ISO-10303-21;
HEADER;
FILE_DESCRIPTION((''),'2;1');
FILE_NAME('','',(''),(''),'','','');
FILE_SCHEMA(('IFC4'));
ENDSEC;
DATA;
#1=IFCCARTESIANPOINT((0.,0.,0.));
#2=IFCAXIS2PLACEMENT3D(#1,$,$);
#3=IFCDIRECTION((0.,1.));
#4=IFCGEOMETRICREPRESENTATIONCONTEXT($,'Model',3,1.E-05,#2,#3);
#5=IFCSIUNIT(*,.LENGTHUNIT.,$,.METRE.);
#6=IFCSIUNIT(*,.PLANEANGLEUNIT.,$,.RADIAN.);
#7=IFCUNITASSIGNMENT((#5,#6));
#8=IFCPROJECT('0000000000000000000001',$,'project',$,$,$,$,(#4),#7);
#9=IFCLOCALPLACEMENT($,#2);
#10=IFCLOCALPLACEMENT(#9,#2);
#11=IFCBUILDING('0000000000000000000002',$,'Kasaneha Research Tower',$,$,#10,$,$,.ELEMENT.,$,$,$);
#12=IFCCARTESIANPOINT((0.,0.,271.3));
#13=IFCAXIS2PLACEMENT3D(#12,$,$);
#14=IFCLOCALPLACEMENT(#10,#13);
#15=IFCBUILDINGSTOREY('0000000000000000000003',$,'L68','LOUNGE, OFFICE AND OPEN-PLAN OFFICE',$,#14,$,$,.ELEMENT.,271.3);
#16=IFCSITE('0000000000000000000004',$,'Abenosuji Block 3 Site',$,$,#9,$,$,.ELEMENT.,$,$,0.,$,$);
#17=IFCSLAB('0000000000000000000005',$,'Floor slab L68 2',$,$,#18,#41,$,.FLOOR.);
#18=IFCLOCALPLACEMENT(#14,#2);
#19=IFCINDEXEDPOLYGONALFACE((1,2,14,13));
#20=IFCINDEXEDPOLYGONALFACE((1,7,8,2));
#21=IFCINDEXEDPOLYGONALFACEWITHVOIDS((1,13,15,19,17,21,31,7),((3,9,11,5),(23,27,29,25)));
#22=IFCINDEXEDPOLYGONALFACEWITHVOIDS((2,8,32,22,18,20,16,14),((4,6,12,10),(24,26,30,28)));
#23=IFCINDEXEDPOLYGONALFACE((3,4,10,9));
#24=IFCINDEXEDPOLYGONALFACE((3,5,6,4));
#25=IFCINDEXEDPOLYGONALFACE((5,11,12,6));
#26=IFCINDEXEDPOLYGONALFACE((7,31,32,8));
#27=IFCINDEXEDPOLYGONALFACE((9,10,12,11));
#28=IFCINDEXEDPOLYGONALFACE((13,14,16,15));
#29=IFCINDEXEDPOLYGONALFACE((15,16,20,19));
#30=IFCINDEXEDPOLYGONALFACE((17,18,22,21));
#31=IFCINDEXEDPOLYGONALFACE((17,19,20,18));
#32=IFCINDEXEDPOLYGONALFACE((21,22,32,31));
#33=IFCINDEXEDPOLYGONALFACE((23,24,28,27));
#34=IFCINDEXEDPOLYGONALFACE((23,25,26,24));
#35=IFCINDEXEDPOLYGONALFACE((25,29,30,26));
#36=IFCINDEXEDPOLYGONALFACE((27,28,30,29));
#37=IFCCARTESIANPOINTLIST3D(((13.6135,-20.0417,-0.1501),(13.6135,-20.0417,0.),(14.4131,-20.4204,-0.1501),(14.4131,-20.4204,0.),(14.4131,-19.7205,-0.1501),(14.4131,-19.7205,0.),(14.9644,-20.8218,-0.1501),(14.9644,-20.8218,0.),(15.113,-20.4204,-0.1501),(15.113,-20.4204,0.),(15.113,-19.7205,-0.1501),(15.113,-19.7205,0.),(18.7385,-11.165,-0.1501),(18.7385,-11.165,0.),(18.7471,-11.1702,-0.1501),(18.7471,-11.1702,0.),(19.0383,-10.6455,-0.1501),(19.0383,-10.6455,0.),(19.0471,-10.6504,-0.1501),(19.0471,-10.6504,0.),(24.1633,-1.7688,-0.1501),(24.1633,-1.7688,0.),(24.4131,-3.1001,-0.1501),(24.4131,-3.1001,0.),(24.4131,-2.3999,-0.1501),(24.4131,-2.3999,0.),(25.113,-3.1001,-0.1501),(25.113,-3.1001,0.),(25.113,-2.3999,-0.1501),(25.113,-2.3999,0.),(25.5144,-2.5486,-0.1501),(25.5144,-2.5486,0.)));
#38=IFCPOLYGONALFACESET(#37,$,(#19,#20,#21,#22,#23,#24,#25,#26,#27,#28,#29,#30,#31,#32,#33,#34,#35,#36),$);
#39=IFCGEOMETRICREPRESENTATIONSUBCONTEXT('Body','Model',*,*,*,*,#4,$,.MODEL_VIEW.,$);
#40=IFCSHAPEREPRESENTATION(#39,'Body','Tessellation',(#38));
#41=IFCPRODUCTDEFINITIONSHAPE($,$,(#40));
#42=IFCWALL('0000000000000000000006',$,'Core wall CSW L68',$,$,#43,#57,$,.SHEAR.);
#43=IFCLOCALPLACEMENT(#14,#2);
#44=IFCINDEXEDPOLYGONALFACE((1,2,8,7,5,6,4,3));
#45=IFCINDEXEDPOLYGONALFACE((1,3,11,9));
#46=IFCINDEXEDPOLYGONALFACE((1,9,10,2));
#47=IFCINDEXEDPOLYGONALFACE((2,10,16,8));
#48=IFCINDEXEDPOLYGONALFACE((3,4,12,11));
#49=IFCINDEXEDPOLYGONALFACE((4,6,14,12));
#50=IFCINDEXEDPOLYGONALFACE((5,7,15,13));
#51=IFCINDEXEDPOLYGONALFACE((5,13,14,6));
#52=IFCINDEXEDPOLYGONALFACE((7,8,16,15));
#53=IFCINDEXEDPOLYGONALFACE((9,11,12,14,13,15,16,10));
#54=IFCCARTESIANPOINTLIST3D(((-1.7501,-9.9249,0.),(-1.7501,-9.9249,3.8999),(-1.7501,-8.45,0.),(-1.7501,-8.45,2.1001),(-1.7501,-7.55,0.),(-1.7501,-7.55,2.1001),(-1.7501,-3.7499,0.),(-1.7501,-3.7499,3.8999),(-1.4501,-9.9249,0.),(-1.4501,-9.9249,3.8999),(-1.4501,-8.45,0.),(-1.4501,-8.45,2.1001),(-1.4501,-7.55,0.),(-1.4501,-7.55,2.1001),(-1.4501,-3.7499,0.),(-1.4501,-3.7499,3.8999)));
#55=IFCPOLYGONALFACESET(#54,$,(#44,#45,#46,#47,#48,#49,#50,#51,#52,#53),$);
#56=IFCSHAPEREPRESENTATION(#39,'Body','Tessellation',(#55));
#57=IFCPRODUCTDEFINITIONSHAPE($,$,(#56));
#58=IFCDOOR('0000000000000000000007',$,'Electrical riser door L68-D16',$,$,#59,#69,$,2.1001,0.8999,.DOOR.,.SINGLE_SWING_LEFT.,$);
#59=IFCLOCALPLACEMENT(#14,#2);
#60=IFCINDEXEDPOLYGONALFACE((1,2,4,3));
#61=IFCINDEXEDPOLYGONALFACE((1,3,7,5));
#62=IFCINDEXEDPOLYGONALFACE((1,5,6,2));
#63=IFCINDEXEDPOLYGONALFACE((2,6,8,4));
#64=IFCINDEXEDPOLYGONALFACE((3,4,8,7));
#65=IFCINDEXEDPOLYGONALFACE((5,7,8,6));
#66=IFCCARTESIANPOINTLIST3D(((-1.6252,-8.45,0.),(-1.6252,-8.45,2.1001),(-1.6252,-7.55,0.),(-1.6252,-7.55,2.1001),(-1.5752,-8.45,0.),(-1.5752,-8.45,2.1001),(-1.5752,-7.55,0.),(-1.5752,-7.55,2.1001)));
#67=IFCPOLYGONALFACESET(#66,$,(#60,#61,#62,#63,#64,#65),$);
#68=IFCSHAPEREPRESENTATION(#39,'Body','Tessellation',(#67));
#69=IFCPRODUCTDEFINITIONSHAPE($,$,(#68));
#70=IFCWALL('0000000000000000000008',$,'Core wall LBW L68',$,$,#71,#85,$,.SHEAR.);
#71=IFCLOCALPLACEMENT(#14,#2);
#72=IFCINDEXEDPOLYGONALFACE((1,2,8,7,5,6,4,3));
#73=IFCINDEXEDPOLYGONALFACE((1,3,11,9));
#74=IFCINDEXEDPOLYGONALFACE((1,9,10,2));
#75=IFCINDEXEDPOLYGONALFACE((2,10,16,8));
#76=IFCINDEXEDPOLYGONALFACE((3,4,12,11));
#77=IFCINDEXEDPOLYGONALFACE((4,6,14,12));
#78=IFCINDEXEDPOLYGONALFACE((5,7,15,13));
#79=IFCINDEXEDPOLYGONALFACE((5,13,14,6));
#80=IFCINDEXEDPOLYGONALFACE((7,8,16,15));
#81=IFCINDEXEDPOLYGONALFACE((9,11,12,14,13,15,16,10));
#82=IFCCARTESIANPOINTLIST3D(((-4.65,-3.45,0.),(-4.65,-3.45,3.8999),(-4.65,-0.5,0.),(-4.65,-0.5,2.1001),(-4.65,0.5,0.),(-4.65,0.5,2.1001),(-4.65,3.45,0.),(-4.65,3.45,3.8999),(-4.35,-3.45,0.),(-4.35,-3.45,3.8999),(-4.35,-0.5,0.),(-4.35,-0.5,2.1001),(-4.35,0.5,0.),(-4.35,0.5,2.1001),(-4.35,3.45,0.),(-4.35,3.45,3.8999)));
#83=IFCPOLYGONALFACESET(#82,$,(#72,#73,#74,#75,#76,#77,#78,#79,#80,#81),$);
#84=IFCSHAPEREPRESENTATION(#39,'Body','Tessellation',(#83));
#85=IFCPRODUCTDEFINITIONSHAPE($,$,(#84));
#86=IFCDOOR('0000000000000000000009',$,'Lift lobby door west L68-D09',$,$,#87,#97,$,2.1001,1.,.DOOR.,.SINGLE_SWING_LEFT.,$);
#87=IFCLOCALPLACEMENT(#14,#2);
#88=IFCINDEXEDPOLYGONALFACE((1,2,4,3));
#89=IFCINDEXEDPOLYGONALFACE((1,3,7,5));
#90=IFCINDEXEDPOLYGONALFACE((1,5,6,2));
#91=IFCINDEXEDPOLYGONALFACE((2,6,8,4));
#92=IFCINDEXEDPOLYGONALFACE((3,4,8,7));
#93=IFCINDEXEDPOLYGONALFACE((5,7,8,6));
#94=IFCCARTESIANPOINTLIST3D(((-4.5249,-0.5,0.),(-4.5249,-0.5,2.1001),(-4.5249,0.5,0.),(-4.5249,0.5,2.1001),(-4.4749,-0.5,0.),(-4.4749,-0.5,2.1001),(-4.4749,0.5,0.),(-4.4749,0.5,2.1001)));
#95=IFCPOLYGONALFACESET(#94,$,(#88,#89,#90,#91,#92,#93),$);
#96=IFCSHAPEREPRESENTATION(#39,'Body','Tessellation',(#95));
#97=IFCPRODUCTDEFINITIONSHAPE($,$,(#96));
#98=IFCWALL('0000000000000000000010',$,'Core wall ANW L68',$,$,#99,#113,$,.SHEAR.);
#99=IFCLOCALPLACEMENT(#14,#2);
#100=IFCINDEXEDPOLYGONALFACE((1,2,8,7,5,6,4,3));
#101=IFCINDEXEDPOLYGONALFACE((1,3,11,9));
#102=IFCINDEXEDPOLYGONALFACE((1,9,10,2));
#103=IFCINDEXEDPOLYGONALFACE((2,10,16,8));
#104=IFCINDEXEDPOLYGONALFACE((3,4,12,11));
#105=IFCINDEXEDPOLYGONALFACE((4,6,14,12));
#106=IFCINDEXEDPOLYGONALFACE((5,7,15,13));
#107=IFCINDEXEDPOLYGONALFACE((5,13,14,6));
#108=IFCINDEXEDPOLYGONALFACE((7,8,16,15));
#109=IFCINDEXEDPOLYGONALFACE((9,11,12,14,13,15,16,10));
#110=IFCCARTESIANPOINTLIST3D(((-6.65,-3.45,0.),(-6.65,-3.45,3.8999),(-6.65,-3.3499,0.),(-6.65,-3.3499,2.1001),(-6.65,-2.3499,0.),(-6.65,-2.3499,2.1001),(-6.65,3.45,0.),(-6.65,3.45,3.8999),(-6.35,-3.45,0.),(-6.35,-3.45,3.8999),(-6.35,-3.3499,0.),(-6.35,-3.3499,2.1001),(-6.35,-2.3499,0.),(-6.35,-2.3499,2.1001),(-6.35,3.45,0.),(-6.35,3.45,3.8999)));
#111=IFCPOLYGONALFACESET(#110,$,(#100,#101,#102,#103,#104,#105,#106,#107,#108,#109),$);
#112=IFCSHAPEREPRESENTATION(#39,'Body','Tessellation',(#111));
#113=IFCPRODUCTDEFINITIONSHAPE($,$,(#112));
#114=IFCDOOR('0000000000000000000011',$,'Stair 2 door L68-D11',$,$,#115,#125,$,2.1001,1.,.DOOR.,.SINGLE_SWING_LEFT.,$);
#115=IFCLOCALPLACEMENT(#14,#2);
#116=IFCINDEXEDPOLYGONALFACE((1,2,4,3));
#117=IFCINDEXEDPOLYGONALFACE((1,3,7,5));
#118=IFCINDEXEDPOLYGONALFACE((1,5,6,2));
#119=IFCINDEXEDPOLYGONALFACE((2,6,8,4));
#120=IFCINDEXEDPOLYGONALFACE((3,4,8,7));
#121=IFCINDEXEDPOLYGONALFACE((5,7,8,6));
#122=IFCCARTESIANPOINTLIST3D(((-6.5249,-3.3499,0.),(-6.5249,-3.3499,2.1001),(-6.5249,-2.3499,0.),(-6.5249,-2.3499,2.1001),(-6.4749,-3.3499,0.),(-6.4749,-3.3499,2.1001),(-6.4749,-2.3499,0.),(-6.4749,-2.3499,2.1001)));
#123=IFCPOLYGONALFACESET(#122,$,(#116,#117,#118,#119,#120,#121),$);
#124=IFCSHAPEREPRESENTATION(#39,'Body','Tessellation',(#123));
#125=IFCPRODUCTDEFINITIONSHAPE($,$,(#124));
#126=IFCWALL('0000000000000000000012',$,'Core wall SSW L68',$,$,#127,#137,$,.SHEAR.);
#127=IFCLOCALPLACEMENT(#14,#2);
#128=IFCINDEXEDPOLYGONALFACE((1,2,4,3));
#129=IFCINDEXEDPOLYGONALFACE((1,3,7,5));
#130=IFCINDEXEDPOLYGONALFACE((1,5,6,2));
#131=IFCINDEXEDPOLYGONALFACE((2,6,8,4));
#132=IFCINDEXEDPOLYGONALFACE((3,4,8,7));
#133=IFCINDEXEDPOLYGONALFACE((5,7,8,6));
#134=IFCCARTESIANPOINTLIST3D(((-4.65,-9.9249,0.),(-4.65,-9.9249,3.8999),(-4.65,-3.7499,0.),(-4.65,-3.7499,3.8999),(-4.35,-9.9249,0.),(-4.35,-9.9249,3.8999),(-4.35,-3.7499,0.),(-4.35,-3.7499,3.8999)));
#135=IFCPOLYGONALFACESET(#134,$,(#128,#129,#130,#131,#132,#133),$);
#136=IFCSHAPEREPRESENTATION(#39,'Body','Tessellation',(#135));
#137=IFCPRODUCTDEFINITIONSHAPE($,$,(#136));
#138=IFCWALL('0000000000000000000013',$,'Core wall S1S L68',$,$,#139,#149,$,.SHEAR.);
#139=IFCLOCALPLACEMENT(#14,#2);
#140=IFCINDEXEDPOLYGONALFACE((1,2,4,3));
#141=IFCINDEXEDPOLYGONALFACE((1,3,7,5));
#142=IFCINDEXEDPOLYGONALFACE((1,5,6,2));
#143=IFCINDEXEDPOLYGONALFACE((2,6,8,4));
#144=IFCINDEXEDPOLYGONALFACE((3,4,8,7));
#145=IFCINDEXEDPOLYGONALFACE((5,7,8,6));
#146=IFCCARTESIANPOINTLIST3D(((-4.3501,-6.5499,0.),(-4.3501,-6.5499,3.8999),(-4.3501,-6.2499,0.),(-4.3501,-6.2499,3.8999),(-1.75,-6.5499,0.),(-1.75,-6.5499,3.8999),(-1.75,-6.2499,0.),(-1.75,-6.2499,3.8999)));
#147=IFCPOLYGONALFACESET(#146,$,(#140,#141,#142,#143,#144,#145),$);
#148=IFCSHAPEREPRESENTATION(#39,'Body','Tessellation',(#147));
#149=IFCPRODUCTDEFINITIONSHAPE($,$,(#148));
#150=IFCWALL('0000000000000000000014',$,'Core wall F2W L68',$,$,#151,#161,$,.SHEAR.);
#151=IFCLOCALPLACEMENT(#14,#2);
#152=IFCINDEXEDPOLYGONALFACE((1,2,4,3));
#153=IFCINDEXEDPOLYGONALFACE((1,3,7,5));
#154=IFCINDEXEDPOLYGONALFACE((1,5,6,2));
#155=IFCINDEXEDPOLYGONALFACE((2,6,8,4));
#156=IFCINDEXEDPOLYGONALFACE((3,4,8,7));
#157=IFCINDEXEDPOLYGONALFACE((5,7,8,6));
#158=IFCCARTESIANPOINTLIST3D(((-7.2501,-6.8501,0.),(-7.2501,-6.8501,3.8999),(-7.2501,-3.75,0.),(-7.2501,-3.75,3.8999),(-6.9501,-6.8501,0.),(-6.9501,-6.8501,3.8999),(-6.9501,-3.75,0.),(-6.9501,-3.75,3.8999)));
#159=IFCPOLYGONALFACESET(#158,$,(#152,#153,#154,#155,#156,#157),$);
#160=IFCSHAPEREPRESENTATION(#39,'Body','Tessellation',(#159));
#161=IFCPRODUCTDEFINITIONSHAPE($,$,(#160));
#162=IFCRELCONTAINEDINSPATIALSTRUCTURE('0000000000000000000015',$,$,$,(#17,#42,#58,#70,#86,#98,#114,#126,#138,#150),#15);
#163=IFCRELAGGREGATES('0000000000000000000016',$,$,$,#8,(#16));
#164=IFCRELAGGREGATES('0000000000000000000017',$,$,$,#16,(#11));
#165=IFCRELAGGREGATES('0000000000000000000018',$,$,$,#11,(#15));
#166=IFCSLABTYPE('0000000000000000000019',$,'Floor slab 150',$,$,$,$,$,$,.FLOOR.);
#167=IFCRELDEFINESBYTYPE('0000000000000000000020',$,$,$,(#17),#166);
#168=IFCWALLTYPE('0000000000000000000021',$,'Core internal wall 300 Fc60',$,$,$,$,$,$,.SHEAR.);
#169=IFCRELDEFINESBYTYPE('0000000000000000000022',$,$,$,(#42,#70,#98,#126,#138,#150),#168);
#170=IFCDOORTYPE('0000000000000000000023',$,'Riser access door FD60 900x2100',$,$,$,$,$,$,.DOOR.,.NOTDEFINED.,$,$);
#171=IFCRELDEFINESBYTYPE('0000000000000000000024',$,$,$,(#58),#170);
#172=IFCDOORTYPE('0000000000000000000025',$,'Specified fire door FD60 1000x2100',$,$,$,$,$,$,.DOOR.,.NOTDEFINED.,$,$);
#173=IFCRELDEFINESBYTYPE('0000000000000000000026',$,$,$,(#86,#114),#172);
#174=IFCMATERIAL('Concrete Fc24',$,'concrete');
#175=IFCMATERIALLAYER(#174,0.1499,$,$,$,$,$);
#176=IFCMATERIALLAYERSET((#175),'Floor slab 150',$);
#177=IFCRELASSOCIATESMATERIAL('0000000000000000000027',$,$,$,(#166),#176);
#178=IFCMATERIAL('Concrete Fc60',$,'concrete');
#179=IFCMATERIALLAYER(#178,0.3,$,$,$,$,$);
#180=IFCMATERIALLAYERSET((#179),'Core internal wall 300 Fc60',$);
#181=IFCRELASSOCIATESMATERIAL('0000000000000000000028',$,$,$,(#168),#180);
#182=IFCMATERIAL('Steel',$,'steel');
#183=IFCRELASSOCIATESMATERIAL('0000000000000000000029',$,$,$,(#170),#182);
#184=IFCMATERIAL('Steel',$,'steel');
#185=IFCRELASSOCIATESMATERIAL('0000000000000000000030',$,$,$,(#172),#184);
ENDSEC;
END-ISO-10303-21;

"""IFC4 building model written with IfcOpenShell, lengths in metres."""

from ifc_helpers import new_model, si_unit, direction, frame, frame_2d, origin, place, context, subcontext, project, spatial, polyline, rectangle, outline, extrude, material, layer, layer_set, type_object, element, fill, save


model = new_model("IFC4")

# Units and contexts
model_context = context("Model", 3, precision=1e-05, world=origin(), true_north=direction((0.0, 1.0)))
body_context = subcontext(model_context, "Body", "Model", "MODEL_VIEW")
ifc_project = project(units=[si_unit("LENGTHUNIT", "METRE"), si_unit("PLANEANGLEUNIT", "RADIAN")], contexts=[model_context])

# Site, building, storey
site_placement = place(None, origin())
site = spatial("IfcSite", under=ifc_project, at=site_placement, Name="Abenosuji Block 3 Site", CompositionType="ELEMENT", RefElevation=0.0)
building_placement = place(site_placement, origin())
building = spatial("IfcBuilding", under=site, at=building_placement, Name="Kasaneha Research Tower", CompositionType="ELEMENT")
storey_placement = place(building_placement, frame((0.0, 0.0, 271.3)))
storey = spatial("IfcBuildingStorey", under=building, at=storey_placement, Name="L68", Description="LOUNGE, OFFICE AND OPEN-PLAN OFFICE", CompositionType="ELEMENT", Elevation=271.3)

# Slab
ifc_material_1 = material(Name="Concrete Fc24", Category="concrete")
ifc_layer_1 = layer(ifc_material_1, 0.1499)
ifc_layer_set_1 = layer_set([ifc_layer_1], Name="Floor slab 150")
slab_type_1 = type_object("IfcSlabType", Name="Floor slab 150", PredefinedType="FLOOR", material=ifc_layer_set_1)
slab_1_placement = place(storey_placement, frame((0.0, 0.0, -0.1501)))
element("IfcSlab", 1, at=slab_1_placement, inside=storey, type_object=slab_type_1, Name="Floor slab L68 2", PredefinedType="FLOOR", context=body_context, shape_type="SweptSolid", body=[
    extrude(outline(polyline([(25.5144, -2.5486), (14.9644, -20.8218), (13.6135, -20.0417), (18.7385, -11.165), (18.7471, -11.1702), (19.0471, -10.6504), (19.0383, -10.6455), (24.1633, -1.7688), (25.5144, -2.5486)]), holes=[polyline([(14.4131, -20.4204), (15.113, -20.4204), (15.113, -19.7205), (14.4131, -19.7205), (14.4131, -20.4204)]), polyline([(24.4131, -3.1001), (25.113, -3.1001), (25.113, -2.3999), (24.4131, -2.3999), (24.4131, -3.1001)])]), origin(), (0.0, 0.0, 1.0), 0.1501),
])

# Walls, openings, doors
ifc_material_2 = material(Name="Concrete Fc60", Category="concrete")
ifc_layer_2 = layer(ifc_material_2, 0.3)
ifc_layer_set_2 = layer_set([ifc_layer_2], Name="Core internal wall 300 Fc60")
wall_type_1 = type_object("IfcWallType", Name="Core internal wall 300 Fc60", PredefinedType="SHEAR", material=ifc_layer_set_2)
wall_1_placement = place(storey_placement, frame((-1.6001, -3.75, 0.0), z_axis=(0.0, 0.0, 1.0), x_axis=(0.0, -1.0, 0.0)))
wall_1 = element("IfcWall", 2, at=wall_1_placement, inside=storey, type_object=wall_type_1, Name="Core wall CSW L68", PredefinedType="SHEAR", context=body_context, shape_type="SweptSolid", body=[
    extrude(rectangle(XDim=6.175, YDim=0.3, at=frame_2d((3.0874, 0.0))), origin(), (0.0, 0.0, 1.0), 3.8999),
])
opening_1_placement = place(wall_1_placement, frame((3.8, 0.0, 0.0)))
opening_1 = element("IfcOpeningElement", 3, at=opening_1_placement, cuts=wall_1, PredefinedType="OPENING", context=body_context, shape_type="SweptSolid", body=[
    extrude(rectangle(XDim=0.8999, YDim=2.1001, at=frame_2d((0.45, 1.05))), frame((0.0, 0.1602, 0.0), z_axis=(0.0, -1.0, 0.0), x_axis=(1.0, 0.0, 0.0)), (0.0, 0.0, 1.0), 0.3201),
])
ifc_material_3 = material(Name="Steel", Category="steel")
door_type_1 = type_object("IfcDoorType", Name="Riser access door FD60 900x2100", OperationType="NOTDEFINED", PredefinedType="DOOR", material=ifc_material_3)
door_1_placement = place(opening_1_placement, origin())
door_1 = element("IfcDoor", 4, at=door_1_placement, inside=storey, type_object=door_type_1, Name="Electrical riser door L68-D16", OperationType="SINGLE_SWING_LEFT", OverallHeight=2.1001, OverallWidth=0.8999, PredefinedType="DOOR", context=body_context, shape_type="SweptSolid", body=[
    extrude(rectangle(XDim=0.8999, YDim=2.1001, at=frame_2d((0.45, 1.05))), frame((0.0, 0.0249, 0.0), z_axis=(0.0, -1.0, 0.0), x_axis=(1.0, 0.0, 0.0)), (0.0, 0.0, 1.0), 0.05),
])
fill(opening_1, door_1)
wall_2_placement = place(storey_placement, frame((-4.5, -3.45, 0.0), z_axis=(0.0, 0.0, 1.0), x_axis=(0.0, 1.0, 0.0)))
wall_2 = element("IfcWall", 5, at=wall_2_placement, inside=storey, type_object=wall_type_1, Name="Core wall LBW L68", PredefinedType="SHEAR", context=body_context, shape_type="SweptSolid", body=[
    extrude(rectangle(XDim=6.8999, YDim=0.3, at=frame_2d((3.45, 0.0))), origin(), (0.0, 0.0, 1.0), 3.8999),
])
opening_2_placement = place(wall_2_placement, frame((2.95, 0.0, 0.0)))
opening_2 = element("IfcOpeningElement", 6, at=opening_2_placement, cuts=wall_2, PredefinedType="OPENING", context=body_context, shape_type="SweptSolid", body=[
    extrude(rectangle(XDim=1.0, YDim=2.1001, at=frame_2d((0.5, 1.05))), frame((0.0, 0.1602, 0.0), z_axis=(0.0, -1.0, 0.0), x_axis=(1.0, 0.0, 0.0)), (0.0, 0.0, 1.0), 0.3201),
])
ifc_material_4 = material(Name="Steel", Category="steel")
door_type_2 = type_object("IfcDoorType", Name="Specified fire door FD60 1000x2100", OperationType="NOTDEFINED", PredefinedType="DOOR", material=ifc_material_4)
door_2_placement = place(opening_2_placement, origin())
door_2 = element("IfcDoor", 7, at=door_2_placement, inside=storey, type_object=door_type_2, Name="Lift lobby door west L68-D09", OperationType="SINGLE_SWING_LEFT", OverallHeight=2.1001, OverallWidth=1.0, PredefinedType="DOOR", context=body_context, shape_type="SweptSolid", body=[
    extrude(rectangle(XDim=1.0, YDim=2.1001, at=frame_2d((0.5, 1.05))), frame((0.0, 0.0249, 0.0), z_axis=(0.0, -1.0, 0.0), x_axis=(1.0, 0.0, 0.0)), (0.0, 0.0, 1.0), 0.05),
])
fill(opening_2, door_2)
wall_3_placement = place(storey_placement, frame((-6.5, -3.45, 0.0), z_axis=(0.0, 0.0, 1.0), x_axis=(0.0, 1.0, 0.0)))
wall_3 = element("IfcWall", 8, at=wall_3_placement, inside=storey, type_object=wall_type_1, Name="Core wall ANW L68", PredefinedType="SHEAR", context=body_context, shape_type="SweptSolid", body=[
    extrude(rectangle(XDim=6.8999, YDim=0.3, at=frame_2d((3.45, 0.0))), origin(), (0.0, 0.0, 1.0), 3.8999),
])
opening_3_placement = place(wall_3_placement, frame((0.1001, 0.0, 0.0)))
opening_3 = element("IfcOpeningElement", 9, at=opening_3_placement, cuts=wall_3, PredefinedType="OPENING", context=body_context, shape_type="SweptSolid", body=[
    extrude(rectangle(XDim=1.0, YDim=2.1001, at=frame_2d((0.5, 1.05))), frame((0.0, 0.1602, 0.0), z_axis=(0.0, -1.0, 0.0), x_axis=(1.0, 0.0, 0.0)), (0.0, 0.0, 1.0), 0.3201),
])
door_3_placement = place(opening_3_placement, origin())
door_3 = element("IfcDoor", 10, at=door_3_placement, inside=storey, type_object=door_type_2, Name="Stair 2 door L68-D11", OperationType="SINGLE_SWING_LEFT", OverallHeight=2.1001, OverallWidth=1.0, PredefinedType="DOOR", context=body_context, shape_type="SweptSolid", body=[
    extrude(rectangle(XDim=1.0, YDim=2.1001, at=frame_2d((0.5, 1.05))), frame((0.0, 0.0249, 0.0), z_axis=(0.0, -1.0, 0.0), x_axis=(1.0, 0.0, 0.0)), (0.0, 0.0, 1.0), 0.05),
])
fill(opening_3, door_3)

# Walls
wall_4_placement = place(storey_placement, frame((-4.5, -3.75, 0.0), z_axis=(0.0, 0.0, 1.0), x_axis=(0.0, -1.0, 0.0)))
element("IfcWall", 11, at=wall_4_placement, inside=storey, type_object=wall_type_1, Name="Core wall SSW L68", PredefinedType="SHEAR", context=body_context, shape_type="SweptSolid", body=[
    extrude(rectangle(XDim=6.175, YDim=0.3, at=frame_2d((3.0874, 0.0))), origin(), (0.0, 0.0, 1.0), 3.8999),
])
wall_5_placement = place(storey_placement, frame((-4.3501, -6.3999, 0.0), z_axis=(0.0, 0.0, 1.0), x_axis=(1.0, 0.0, 0.0)))
element("IfcWall", 12, at=wall_5_placement, inside=storey, type_object=wall_type_1, Name="Core wall S1S L68", PredefinedType="SHEAR", context=body_context, shape_type="SweptSolid", body=[
    extrude(rectangle(XDim=2.6001, YDim=0.3, at=frame_2d((1.3, 0.0))), origin(), (0.0, 0.0, 1.0), 3.8999),
])
wall_6_placement = place(storey_placement, frame((-7.1001, -3.75, 0.0), z_axis=(0.0, 0.0, 1.0), x_axis=(0.0, -1.0, 0.0)))
element("IfcWall", 13, at=wall_6_placement, inside=storey, type_object=wall_type_1, Name="Core wall F2W L68", PredefinedType="SHEAR", context=body_context, shape_type="SweptSolid", body=[
    extrude(rectangle(XDim=3.1001, YDim=0.3, at=frame_2d((1.55, 0.0))), origin(), (0.0, 0.0, 1.0), 3.8999),
])

save(model, "model.ifc")
